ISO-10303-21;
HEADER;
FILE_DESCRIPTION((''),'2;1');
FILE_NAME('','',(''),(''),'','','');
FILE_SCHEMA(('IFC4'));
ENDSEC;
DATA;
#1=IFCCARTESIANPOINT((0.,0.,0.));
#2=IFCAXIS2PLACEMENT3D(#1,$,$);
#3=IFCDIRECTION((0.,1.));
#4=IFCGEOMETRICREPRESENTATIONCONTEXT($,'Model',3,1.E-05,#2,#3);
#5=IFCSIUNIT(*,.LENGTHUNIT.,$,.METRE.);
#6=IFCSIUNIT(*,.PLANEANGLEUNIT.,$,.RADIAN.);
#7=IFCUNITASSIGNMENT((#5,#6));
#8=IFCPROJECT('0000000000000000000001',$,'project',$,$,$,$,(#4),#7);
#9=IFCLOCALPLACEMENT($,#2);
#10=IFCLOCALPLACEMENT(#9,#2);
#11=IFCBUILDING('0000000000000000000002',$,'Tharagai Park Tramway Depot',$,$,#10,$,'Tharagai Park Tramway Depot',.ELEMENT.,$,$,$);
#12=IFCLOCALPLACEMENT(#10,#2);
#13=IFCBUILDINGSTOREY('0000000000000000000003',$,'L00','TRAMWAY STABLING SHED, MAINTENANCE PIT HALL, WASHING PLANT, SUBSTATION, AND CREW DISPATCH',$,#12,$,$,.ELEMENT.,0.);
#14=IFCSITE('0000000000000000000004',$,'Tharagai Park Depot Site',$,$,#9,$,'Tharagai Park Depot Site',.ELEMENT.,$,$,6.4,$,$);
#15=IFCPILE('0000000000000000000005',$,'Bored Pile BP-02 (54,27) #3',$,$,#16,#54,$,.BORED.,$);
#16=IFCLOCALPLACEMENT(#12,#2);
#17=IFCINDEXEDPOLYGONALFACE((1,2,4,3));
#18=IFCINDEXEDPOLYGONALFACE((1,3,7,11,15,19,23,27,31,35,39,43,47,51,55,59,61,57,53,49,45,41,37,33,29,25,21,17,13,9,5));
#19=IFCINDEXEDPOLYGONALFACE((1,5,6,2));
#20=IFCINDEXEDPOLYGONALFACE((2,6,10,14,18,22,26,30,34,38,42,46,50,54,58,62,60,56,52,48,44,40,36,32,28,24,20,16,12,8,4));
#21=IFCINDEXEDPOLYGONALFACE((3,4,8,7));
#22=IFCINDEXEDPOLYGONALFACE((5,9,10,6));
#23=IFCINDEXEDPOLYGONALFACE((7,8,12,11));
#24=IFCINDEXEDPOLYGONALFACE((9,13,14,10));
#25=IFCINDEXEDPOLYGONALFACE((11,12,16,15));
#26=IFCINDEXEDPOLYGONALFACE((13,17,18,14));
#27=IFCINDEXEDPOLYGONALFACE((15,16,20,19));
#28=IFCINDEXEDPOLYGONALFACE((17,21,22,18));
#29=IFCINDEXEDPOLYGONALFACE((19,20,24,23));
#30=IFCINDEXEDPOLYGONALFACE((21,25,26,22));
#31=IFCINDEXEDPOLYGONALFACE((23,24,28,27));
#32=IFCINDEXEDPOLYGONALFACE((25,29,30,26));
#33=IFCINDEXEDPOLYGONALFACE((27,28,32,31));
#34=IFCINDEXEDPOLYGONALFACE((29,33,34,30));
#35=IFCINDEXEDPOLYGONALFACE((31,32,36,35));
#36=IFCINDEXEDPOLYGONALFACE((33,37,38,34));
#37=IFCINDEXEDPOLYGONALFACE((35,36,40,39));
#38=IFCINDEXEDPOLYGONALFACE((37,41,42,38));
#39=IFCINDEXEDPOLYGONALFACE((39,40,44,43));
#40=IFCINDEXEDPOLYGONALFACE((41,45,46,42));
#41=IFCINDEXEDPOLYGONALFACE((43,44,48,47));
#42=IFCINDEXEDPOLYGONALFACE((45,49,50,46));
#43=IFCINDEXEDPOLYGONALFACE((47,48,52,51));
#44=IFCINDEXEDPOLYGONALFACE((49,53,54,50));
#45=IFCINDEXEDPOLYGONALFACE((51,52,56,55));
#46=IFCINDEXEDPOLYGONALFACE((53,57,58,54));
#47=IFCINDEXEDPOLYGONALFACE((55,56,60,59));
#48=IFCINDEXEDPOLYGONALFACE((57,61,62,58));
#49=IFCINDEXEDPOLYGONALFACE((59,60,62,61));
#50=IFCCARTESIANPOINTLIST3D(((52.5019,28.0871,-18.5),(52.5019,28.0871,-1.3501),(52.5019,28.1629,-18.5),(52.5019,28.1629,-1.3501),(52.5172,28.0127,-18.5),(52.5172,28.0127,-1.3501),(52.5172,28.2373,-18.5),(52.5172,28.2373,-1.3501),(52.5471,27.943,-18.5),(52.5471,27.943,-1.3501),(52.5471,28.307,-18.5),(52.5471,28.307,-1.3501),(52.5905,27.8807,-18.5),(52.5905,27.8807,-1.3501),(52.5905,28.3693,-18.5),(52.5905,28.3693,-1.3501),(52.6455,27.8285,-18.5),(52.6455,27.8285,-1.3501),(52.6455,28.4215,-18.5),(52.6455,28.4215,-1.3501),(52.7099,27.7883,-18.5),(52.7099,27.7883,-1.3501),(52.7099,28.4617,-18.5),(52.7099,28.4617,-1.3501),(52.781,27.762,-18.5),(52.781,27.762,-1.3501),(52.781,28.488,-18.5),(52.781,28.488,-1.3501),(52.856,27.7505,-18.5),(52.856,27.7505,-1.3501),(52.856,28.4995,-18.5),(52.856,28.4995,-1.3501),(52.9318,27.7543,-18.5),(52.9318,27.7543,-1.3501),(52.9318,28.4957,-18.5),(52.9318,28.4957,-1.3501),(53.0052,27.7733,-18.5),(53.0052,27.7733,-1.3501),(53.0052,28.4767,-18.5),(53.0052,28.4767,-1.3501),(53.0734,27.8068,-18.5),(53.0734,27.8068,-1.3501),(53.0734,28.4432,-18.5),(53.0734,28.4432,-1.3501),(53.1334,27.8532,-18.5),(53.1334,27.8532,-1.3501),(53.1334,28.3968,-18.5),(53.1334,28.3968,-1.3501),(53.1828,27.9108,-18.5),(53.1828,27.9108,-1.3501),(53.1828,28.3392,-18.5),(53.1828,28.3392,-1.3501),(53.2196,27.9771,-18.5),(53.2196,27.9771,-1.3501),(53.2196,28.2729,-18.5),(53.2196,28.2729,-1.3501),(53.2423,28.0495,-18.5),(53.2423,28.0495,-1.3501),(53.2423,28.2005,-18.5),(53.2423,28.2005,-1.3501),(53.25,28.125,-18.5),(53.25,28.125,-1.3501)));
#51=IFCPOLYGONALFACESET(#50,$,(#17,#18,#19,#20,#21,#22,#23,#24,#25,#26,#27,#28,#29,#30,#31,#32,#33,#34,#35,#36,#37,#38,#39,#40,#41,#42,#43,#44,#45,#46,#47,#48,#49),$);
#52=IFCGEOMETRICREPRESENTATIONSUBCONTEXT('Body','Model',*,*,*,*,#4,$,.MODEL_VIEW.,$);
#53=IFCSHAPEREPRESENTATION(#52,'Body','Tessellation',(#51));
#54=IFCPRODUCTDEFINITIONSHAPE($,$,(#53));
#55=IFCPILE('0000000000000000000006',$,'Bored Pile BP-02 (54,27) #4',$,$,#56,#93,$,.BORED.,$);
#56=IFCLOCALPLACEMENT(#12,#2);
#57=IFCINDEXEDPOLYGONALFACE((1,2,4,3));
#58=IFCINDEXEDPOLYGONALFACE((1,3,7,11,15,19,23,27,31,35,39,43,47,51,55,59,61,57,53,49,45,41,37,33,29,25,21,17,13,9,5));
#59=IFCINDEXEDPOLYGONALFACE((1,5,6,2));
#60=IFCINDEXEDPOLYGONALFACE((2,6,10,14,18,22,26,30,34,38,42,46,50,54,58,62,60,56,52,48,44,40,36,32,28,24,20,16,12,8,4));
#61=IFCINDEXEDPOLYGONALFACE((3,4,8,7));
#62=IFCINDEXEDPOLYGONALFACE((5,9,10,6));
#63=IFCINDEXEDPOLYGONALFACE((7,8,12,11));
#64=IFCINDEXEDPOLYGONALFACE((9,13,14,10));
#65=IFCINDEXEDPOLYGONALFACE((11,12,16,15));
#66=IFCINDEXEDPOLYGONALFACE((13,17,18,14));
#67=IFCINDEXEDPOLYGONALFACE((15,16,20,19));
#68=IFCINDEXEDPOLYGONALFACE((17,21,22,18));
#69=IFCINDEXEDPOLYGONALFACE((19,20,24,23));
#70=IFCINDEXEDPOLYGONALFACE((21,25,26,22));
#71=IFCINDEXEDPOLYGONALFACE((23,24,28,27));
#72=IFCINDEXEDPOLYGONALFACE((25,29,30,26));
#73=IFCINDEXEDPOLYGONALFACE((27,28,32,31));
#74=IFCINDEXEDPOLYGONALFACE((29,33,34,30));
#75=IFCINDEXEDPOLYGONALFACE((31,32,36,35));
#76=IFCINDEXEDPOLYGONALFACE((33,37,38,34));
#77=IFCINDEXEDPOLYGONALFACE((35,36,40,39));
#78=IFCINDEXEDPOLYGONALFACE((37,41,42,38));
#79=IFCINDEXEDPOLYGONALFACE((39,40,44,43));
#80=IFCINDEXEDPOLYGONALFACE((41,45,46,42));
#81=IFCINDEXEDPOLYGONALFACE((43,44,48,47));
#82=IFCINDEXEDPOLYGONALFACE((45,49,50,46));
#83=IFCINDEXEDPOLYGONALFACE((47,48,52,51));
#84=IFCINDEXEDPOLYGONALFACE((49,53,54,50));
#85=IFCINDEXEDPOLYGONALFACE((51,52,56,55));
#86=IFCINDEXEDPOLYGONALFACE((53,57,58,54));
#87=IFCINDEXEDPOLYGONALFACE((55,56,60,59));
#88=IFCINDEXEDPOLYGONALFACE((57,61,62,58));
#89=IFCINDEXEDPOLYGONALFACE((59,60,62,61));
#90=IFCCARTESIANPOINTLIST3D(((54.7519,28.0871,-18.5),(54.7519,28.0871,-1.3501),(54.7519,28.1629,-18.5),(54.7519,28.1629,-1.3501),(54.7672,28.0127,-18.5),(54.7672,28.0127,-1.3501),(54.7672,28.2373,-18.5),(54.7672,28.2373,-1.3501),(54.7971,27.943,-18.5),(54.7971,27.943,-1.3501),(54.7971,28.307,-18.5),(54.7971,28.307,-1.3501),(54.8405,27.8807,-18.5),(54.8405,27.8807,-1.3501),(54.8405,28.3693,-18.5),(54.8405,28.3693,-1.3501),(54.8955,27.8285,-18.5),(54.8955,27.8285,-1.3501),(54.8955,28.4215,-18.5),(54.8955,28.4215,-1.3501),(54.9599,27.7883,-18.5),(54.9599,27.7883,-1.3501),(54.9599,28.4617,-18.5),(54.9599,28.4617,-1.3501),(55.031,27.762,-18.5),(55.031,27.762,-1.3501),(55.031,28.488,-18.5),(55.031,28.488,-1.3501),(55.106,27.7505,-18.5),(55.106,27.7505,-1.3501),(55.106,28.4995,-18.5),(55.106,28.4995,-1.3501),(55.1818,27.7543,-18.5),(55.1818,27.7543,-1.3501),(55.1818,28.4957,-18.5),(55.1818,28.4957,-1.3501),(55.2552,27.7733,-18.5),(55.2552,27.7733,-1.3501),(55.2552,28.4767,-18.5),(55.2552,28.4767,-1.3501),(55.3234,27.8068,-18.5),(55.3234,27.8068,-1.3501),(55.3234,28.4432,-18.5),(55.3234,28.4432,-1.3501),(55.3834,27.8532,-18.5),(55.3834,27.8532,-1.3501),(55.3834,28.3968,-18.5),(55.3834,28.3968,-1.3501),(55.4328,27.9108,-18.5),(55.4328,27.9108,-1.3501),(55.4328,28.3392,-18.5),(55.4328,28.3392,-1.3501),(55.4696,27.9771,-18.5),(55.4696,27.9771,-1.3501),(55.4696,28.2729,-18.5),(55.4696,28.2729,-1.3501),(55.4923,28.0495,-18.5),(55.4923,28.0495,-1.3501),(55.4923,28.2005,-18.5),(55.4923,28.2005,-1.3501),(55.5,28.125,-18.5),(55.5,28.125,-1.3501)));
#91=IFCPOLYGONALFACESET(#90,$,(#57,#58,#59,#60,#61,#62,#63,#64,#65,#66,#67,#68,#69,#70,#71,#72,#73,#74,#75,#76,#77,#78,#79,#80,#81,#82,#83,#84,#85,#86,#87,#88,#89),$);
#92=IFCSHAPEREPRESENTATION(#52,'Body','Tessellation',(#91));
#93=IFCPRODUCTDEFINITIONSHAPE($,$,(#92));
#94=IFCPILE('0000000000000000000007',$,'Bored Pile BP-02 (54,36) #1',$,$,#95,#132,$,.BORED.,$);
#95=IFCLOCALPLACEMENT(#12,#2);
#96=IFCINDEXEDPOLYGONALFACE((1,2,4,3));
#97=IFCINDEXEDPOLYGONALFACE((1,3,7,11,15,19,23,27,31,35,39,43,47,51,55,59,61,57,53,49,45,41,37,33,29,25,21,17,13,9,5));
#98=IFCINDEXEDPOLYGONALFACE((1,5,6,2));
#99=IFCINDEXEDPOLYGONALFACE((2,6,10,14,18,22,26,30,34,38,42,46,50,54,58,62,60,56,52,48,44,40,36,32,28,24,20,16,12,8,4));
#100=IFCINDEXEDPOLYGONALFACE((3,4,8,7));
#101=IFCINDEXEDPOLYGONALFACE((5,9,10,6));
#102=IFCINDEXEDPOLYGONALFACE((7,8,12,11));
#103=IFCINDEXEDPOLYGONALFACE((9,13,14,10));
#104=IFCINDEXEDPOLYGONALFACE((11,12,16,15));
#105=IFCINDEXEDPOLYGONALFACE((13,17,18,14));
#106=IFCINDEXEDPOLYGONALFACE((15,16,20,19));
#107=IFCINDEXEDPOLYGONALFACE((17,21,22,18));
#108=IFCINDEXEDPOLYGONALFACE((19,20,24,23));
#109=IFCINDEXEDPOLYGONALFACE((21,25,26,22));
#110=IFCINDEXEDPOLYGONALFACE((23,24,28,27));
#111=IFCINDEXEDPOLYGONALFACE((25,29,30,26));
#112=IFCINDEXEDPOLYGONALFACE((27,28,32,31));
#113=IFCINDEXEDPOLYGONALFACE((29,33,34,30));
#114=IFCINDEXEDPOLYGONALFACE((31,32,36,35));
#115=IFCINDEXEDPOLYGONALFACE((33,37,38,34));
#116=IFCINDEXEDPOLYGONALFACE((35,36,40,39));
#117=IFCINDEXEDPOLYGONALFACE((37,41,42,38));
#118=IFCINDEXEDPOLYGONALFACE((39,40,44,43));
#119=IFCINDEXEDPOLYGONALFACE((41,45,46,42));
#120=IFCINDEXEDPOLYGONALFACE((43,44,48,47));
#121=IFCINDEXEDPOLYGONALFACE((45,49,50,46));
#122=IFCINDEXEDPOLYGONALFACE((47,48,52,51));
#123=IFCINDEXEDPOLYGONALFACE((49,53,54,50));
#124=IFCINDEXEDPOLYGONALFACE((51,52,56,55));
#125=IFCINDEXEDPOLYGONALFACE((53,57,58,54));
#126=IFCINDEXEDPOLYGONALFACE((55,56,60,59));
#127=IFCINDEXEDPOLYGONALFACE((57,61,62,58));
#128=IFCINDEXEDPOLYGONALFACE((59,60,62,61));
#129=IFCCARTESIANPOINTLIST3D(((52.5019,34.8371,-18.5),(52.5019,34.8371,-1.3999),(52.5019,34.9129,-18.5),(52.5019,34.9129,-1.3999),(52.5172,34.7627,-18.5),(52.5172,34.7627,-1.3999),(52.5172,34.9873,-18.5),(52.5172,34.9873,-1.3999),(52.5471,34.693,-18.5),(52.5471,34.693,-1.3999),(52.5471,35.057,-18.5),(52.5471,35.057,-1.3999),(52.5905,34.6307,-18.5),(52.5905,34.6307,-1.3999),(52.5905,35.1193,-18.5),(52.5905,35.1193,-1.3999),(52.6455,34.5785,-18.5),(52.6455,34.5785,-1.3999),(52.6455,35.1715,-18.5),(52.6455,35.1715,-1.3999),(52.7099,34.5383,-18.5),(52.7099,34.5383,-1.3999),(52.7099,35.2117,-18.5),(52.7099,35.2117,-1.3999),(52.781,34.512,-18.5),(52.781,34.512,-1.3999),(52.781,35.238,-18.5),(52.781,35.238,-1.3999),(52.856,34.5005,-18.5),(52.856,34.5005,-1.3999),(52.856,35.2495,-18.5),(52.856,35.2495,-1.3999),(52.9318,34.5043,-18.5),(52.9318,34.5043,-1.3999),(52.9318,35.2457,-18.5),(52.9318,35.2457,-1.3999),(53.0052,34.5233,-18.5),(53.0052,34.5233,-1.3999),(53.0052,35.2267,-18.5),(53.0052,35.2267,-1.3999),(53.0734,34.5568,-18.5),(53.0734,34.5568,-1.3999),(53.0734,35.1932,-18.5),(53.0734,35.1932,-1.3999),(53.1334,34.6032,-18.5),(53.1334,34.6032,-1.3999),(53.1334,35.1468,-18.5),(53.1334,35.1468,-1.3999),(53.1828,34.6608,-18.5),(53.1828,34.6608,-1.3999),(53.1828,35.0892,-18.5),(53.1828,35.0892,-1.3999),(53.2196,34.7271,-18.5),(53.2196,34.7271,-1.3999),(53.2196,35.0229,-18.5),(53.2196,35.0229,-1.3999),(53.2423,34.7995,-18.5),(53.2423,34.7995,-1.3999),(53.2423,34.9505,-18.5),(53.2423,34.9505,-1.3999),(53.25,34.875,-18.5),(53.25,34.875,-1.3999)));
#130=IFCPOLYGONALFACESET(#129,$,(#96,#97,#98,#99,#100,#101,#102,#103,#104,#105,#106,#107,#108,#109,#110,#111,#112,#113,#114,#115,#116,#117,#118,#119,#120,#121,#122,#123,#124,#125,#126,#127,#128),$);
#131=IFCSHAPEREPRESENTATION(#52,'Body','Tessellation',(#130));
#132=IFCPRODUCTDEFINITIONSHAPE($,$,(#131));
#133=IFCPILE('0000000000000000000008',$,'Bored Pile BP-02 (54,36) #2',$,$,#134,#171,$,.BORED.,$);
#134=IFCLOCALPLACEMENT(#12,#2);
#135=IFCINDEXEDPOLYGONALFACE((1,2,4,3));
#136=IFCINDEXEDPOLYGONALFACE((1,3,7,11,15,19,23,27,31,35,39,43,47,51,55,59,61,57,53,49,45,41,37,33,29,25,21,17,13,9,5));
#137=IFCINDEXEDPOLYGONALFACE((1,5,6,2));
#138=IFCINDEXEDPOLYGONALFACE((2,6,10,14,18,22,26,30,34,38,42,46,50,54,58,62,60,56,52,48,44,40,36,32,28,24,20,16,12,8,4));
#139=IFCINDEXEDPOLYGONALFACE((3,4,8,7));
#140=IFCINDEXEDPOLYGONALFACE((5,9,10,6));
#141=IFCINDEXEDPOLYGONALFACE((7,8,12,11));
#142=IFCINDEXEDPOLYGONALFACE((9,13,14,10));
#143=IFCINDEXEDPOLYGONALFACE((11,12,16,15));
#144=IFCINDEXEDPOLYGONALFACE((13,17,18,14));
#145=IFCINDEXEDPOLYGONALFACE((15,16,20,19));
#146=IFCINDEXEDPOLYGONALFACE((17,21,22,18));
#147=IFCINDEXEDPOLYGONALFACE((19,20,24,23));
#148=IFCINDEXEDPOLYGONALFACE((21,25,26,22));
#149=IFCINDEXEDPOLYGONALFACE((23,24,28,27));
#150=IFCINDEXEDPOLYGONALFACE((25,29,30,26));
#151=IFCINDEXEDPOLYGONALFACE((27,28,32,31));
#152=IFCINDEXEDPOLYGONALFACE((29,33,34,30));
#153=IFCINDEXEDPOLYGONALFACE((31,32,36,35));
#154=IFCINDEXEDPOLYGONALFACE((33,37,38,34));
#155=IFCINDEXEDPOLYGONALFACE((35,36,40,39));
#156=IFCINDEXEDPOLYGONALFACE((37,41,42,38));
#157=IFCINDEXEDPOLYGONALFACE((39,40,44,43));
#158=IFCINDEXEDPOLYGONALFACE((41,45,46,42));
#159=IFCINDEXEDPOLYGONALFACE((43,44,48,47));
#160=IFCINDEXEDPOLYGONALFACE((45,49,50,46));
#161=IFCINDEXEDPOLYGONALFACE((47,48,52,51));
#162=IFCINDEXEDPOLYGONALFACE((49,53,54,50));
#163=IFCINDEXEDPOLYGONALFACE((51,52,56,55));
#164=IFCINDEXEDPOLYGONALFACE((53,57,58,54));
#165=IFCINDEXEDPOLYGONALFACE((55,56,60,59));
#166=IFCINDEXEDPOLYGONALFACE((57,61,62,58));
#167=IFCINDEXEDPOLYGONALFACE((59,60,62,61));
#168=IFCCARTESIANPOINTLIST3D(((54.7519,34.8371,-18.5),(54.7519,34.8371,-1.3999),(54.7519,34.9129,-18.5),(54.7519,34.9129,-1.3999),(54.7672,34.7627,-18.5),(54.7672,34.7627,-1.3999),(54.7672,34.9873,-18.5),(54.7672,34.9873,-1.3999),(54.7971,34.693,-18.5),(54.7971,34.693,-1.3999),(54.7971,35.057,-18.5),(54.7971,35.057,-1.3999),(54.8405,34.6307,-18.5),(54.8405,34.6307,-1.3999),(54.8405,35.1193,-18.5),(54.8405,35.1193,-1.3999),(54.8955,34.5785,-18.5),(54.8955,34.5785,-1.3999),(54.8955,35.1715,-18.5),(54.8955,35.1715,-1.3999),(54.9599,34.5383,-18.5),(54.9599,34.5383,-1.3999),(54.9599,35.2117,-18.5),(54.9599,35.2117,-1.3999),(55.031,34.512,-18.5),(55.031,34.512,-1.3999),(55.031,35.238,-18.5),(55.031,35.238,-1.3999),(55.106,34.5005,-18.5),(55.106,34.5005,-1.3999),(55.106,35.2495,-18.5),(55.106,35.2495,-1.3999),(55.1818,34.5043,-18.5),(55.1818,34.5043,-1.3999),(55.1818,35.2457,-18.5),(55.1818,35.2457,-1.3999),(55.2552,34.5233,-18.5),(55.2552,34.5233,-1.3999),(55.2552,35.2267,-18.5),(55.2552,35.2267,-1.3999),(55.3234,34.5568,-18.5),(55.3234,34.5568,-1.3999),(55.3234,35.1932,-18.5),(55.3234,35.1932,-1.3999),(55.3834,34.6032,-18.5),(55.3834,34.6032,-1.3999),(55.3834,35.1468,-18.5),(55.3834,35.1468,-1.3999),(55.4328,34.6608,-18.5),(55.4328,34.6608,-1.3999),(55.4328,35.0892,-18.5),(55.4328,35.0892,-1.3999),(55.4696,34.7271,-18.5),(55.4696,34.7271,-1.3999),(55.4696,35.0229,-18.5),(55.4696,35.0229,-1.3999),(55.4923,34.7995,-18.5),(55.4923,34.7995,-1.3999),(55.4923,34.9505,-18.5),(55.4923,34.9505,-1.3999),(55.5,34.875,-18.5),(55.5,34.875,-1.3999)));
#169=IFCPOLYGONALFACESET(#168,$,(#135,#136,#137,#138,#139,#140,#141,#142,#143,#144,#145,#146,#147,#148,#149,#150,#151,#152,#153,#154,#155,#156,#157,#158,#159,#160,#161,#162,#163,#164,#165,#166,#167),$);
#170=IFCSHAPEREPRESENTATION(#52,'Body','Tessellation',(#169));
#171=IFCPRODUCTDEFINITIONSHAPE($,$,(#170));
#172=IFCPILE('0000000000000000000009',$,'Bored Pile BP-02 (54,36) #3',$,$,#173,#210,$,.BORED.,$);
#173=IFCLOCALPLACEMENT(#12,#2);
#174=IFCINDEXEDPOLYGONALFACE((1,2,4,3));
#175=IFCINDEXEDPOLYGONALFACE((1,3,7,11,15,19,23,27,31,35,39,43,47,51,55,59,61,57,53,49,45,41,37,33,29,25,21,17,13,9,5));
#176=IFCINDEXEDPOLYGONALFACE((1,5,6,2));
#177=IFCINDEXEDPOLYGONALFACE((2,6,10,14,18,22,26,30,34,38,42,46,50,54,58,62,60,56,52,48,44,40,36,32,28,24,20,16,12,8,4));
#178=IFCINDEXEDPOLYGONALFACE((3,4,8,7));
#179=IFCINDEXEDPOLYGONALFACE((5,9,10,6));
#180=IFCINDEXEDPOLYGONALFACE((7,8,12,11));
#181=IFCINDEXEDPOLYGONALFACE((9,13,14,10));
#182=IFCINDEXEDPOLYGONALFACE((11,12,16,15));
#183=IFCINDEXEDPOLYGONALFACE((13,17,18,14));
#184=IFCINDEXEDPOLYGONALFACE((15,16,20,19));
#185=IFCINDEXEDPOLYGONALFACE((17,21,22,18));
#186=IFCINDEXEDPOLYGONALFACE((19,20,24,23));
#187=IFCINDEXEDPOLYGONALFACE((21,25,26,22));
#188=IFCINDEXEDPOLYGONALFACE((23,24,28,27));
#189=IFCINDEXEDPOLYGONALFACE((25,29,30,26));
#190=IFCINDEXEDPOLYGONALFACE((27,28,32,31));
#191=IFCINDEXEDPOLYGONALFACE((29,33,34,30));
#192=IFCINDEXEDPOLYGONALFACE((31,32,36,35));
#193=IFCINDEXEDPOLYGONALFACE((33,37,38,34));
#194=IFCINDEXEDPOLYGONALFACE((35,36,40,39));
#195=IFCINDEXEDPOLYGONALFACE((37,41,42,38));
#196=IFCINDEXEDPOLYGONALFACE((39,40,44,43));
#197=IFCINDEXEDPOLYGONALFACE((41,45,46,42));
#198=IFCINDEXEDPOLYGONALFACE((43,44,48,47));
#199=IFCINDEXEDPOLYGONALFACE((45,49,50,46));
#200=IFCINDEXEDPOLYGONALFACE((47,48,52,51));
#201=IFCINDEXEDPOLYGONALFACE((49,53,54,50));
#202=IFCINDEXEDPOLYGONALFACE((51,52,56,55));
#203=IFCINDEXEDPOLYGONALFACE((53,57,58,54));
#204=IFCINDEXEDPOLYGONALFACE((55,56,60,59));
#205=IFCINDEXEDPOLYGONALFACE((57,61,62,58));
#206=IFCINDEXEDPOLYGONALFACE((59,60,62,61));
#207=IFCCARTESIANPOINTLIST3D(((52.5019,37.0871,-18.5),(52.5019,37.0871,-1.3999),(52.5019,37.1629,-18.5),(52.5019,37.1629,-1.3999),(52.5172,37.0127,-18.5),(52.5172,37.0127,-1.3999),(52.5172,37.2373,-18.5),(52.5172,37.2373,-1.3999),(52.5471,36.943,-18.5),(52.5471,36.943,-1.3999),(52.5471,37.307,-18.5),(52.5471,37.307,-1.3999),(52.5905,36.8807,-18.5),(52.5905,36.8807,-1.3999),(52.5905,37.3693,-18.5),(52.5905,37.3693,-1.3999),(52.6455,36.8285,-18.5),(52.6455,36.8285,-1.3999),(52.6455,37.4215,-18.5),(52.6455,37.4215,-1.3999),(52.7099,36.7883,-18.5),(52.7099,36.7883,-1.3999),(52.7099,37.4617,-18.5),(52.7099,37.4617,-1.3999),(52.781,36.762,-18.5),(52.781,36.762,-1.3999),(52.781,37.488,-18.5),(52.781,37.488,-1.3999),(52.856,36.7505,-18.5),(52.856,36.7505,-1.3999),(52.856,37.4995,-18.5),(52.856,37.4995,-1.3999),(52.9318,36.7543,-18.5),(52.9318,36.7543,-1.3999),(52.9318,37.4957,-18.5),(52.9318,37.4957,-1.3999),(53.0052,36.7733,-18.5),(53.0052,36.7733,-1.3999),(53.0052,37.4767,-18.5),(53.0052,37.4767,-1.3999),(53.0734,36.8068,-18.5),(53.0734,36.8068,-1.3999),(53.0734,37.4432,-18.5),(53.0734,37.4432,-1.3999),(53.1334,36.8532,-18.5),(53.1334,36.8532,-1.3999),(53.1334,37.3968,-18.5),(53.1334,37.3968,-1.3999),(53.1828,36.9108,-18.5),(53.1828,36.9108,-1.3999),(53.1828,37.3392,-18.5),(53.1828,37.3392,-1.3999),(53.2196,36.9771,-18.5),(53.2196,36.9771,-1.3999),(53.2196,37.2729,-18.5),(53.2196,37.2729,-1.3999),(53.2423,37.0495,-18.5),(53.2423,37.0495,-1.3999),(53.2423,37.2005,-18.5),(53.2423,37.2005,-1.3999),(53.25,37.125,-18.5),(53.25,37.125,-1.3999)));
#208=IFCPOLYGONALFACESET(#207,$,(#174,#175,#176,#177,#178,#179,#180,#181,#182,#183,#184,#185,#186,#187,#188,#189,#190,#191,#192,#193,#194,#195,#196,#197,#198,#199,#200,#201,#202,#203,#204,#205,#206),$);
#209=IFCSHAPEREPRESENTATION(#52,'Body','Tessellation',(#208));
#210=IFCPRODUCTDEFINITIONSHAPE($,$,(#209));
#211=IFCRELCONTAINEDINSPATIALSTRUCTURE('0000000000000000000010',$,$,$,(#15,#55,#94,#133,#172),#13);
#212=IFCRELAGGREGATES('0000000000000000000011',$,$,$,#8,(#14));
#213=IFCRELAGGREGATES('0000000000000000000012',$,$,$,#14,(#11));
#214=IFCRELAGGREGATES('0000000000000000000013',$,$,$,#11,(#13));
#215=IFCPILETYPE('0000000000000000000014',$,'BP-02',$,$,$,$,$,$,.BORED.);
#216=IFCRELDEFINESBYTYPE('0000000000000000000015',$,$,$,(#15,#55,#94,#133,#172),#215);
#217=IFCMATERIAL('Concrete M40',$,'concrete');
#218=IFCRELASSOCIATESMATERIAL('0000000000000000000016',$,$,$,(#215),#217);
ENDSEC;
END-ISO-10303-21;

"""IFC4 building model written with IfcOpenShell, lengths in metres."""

from ifc_helpers import new_model, si_unit, direction, frame, origin, origin_2d, place, context, subcontext, project, spatial, circle, extrude, material, material_profile, profile_set, type_object, element, save


model = new_model("IFC4")

# Units and contexts
model_context = context("Model", 3, precision=1e-05, world=origin(), true_north=direction((0.0, 1.0)))
body_context = subcontext(model_context, "Body", "Model", "MODEL_VIEW")
ifc_project = project(units=[si_unit("LENGTHUNIT", "METRE"), si_unit("PLANEANGLEUNIT", "RADIAN")], contexts=[model_context])

# Site, building, storey
site_placement = place(None, origin())
site = spatial("IfcSite", under=ifc_project, at=site_placement, Name="Tharagai Park Depot Site", LongName="Tharagai Park Depot Site", CompositionType="ELEMENT", RefElevation=6.4)
building_placement = place(site_placement, origin())
building = spatial("IfcBuilding", under=site, at=building_placement, Name="Tharagai Park Tramway Depot", LongName="Tharagai Park Tramway Depot", CompositionType="ELEMENT")
storey_placement = place(building_placement, origin())
storey = spatial("IfcBuildingStorey", under=building, at=storey_placement, Name="L00", Description="TRAMWAY STABLING SHED, MAINTENANCE PIT HALL, WASHING PLANT, SUBSTATION, AND CREW DISPATCH", CompositionType="ELEMENT", Elevation=0.0)

# Piles
ifc_material = material(Name="Concrete M40", Category="concrete")
ifc_material_profile_1 = material_profile(ifc_material, circle(Radius=0.375, at=origin_2d()), Name="PILE D750")
ifc_profile_set_1 = profile_set([ifc_material_profile_1], Name="Concrete M40")
pile_type_1 = type_object("IfcPileType", Name="BP-02", PredefinedType="BORED", material=ifc_profile_set_1)
for number, where, z_axis, x_axis, name in (
    (1, (52.875, 28.125, -1.3501), (0.0, 0.0, -1.0), (1.0, 0.0, 0.0), "Bored Pile BP-02 (54,27) #3"),
    (2, (55.125, 28.125, -1.3501), (0.0, 0.0, -1.0), (1.0, 0.0, 0.0), "Bored Pile BP-02 (54,27) #4"),
):
    element("IfcPile", number, at=place(storey_placement, frame(where, z_axis=z_axis, x_axis=x_axis)), inside=storey, type_object=pile_type_1, Name=name, PredefinedType="BORED", context=body_context, shape_type="SweptSolid", body=[
        extrude(circle(Radius=0.375, at=origin_2d()), origin(), (0.0, 0.0, 1.0), 17.1499),
    ])
for number, where, z_axis, x_axis, name in (
    (3, (52.875, 34.875, -1.3999), (0.0, 0.0, -1.0), (1.0, 0.0, 0.0), "Bored Pile BP-02 (54,36) #1"),
    (4, (55.125, 34.875, -1.3999), (0.0, 0.0, -1.0), (1.0, 0.0, 0.0), "Bored Pile BP-02 (54,36) #2"),
    (5, (52.875, 37.125, -1.3999), (0.0, 0.0, -1.0), (1.0, 0.0, 0.0), "Bored Pile BP-02 (54,36) #3"),
):
    element("IfcPile", number, at=place(storey_placement, frame(where, z_axis=z_axis, x_axis=x_axis)), inside=storey, type_object=pile_type_1, Name=name, PredefinedType="BORED", context=body_context, shape_type="SweptSolid", body=[
        extrude(circle(Radius=0.375, at=origin_2d()), origin(), (0.0, 0.0, 1.0), 17.1001),
    ])

save(model, "model.ifc")
